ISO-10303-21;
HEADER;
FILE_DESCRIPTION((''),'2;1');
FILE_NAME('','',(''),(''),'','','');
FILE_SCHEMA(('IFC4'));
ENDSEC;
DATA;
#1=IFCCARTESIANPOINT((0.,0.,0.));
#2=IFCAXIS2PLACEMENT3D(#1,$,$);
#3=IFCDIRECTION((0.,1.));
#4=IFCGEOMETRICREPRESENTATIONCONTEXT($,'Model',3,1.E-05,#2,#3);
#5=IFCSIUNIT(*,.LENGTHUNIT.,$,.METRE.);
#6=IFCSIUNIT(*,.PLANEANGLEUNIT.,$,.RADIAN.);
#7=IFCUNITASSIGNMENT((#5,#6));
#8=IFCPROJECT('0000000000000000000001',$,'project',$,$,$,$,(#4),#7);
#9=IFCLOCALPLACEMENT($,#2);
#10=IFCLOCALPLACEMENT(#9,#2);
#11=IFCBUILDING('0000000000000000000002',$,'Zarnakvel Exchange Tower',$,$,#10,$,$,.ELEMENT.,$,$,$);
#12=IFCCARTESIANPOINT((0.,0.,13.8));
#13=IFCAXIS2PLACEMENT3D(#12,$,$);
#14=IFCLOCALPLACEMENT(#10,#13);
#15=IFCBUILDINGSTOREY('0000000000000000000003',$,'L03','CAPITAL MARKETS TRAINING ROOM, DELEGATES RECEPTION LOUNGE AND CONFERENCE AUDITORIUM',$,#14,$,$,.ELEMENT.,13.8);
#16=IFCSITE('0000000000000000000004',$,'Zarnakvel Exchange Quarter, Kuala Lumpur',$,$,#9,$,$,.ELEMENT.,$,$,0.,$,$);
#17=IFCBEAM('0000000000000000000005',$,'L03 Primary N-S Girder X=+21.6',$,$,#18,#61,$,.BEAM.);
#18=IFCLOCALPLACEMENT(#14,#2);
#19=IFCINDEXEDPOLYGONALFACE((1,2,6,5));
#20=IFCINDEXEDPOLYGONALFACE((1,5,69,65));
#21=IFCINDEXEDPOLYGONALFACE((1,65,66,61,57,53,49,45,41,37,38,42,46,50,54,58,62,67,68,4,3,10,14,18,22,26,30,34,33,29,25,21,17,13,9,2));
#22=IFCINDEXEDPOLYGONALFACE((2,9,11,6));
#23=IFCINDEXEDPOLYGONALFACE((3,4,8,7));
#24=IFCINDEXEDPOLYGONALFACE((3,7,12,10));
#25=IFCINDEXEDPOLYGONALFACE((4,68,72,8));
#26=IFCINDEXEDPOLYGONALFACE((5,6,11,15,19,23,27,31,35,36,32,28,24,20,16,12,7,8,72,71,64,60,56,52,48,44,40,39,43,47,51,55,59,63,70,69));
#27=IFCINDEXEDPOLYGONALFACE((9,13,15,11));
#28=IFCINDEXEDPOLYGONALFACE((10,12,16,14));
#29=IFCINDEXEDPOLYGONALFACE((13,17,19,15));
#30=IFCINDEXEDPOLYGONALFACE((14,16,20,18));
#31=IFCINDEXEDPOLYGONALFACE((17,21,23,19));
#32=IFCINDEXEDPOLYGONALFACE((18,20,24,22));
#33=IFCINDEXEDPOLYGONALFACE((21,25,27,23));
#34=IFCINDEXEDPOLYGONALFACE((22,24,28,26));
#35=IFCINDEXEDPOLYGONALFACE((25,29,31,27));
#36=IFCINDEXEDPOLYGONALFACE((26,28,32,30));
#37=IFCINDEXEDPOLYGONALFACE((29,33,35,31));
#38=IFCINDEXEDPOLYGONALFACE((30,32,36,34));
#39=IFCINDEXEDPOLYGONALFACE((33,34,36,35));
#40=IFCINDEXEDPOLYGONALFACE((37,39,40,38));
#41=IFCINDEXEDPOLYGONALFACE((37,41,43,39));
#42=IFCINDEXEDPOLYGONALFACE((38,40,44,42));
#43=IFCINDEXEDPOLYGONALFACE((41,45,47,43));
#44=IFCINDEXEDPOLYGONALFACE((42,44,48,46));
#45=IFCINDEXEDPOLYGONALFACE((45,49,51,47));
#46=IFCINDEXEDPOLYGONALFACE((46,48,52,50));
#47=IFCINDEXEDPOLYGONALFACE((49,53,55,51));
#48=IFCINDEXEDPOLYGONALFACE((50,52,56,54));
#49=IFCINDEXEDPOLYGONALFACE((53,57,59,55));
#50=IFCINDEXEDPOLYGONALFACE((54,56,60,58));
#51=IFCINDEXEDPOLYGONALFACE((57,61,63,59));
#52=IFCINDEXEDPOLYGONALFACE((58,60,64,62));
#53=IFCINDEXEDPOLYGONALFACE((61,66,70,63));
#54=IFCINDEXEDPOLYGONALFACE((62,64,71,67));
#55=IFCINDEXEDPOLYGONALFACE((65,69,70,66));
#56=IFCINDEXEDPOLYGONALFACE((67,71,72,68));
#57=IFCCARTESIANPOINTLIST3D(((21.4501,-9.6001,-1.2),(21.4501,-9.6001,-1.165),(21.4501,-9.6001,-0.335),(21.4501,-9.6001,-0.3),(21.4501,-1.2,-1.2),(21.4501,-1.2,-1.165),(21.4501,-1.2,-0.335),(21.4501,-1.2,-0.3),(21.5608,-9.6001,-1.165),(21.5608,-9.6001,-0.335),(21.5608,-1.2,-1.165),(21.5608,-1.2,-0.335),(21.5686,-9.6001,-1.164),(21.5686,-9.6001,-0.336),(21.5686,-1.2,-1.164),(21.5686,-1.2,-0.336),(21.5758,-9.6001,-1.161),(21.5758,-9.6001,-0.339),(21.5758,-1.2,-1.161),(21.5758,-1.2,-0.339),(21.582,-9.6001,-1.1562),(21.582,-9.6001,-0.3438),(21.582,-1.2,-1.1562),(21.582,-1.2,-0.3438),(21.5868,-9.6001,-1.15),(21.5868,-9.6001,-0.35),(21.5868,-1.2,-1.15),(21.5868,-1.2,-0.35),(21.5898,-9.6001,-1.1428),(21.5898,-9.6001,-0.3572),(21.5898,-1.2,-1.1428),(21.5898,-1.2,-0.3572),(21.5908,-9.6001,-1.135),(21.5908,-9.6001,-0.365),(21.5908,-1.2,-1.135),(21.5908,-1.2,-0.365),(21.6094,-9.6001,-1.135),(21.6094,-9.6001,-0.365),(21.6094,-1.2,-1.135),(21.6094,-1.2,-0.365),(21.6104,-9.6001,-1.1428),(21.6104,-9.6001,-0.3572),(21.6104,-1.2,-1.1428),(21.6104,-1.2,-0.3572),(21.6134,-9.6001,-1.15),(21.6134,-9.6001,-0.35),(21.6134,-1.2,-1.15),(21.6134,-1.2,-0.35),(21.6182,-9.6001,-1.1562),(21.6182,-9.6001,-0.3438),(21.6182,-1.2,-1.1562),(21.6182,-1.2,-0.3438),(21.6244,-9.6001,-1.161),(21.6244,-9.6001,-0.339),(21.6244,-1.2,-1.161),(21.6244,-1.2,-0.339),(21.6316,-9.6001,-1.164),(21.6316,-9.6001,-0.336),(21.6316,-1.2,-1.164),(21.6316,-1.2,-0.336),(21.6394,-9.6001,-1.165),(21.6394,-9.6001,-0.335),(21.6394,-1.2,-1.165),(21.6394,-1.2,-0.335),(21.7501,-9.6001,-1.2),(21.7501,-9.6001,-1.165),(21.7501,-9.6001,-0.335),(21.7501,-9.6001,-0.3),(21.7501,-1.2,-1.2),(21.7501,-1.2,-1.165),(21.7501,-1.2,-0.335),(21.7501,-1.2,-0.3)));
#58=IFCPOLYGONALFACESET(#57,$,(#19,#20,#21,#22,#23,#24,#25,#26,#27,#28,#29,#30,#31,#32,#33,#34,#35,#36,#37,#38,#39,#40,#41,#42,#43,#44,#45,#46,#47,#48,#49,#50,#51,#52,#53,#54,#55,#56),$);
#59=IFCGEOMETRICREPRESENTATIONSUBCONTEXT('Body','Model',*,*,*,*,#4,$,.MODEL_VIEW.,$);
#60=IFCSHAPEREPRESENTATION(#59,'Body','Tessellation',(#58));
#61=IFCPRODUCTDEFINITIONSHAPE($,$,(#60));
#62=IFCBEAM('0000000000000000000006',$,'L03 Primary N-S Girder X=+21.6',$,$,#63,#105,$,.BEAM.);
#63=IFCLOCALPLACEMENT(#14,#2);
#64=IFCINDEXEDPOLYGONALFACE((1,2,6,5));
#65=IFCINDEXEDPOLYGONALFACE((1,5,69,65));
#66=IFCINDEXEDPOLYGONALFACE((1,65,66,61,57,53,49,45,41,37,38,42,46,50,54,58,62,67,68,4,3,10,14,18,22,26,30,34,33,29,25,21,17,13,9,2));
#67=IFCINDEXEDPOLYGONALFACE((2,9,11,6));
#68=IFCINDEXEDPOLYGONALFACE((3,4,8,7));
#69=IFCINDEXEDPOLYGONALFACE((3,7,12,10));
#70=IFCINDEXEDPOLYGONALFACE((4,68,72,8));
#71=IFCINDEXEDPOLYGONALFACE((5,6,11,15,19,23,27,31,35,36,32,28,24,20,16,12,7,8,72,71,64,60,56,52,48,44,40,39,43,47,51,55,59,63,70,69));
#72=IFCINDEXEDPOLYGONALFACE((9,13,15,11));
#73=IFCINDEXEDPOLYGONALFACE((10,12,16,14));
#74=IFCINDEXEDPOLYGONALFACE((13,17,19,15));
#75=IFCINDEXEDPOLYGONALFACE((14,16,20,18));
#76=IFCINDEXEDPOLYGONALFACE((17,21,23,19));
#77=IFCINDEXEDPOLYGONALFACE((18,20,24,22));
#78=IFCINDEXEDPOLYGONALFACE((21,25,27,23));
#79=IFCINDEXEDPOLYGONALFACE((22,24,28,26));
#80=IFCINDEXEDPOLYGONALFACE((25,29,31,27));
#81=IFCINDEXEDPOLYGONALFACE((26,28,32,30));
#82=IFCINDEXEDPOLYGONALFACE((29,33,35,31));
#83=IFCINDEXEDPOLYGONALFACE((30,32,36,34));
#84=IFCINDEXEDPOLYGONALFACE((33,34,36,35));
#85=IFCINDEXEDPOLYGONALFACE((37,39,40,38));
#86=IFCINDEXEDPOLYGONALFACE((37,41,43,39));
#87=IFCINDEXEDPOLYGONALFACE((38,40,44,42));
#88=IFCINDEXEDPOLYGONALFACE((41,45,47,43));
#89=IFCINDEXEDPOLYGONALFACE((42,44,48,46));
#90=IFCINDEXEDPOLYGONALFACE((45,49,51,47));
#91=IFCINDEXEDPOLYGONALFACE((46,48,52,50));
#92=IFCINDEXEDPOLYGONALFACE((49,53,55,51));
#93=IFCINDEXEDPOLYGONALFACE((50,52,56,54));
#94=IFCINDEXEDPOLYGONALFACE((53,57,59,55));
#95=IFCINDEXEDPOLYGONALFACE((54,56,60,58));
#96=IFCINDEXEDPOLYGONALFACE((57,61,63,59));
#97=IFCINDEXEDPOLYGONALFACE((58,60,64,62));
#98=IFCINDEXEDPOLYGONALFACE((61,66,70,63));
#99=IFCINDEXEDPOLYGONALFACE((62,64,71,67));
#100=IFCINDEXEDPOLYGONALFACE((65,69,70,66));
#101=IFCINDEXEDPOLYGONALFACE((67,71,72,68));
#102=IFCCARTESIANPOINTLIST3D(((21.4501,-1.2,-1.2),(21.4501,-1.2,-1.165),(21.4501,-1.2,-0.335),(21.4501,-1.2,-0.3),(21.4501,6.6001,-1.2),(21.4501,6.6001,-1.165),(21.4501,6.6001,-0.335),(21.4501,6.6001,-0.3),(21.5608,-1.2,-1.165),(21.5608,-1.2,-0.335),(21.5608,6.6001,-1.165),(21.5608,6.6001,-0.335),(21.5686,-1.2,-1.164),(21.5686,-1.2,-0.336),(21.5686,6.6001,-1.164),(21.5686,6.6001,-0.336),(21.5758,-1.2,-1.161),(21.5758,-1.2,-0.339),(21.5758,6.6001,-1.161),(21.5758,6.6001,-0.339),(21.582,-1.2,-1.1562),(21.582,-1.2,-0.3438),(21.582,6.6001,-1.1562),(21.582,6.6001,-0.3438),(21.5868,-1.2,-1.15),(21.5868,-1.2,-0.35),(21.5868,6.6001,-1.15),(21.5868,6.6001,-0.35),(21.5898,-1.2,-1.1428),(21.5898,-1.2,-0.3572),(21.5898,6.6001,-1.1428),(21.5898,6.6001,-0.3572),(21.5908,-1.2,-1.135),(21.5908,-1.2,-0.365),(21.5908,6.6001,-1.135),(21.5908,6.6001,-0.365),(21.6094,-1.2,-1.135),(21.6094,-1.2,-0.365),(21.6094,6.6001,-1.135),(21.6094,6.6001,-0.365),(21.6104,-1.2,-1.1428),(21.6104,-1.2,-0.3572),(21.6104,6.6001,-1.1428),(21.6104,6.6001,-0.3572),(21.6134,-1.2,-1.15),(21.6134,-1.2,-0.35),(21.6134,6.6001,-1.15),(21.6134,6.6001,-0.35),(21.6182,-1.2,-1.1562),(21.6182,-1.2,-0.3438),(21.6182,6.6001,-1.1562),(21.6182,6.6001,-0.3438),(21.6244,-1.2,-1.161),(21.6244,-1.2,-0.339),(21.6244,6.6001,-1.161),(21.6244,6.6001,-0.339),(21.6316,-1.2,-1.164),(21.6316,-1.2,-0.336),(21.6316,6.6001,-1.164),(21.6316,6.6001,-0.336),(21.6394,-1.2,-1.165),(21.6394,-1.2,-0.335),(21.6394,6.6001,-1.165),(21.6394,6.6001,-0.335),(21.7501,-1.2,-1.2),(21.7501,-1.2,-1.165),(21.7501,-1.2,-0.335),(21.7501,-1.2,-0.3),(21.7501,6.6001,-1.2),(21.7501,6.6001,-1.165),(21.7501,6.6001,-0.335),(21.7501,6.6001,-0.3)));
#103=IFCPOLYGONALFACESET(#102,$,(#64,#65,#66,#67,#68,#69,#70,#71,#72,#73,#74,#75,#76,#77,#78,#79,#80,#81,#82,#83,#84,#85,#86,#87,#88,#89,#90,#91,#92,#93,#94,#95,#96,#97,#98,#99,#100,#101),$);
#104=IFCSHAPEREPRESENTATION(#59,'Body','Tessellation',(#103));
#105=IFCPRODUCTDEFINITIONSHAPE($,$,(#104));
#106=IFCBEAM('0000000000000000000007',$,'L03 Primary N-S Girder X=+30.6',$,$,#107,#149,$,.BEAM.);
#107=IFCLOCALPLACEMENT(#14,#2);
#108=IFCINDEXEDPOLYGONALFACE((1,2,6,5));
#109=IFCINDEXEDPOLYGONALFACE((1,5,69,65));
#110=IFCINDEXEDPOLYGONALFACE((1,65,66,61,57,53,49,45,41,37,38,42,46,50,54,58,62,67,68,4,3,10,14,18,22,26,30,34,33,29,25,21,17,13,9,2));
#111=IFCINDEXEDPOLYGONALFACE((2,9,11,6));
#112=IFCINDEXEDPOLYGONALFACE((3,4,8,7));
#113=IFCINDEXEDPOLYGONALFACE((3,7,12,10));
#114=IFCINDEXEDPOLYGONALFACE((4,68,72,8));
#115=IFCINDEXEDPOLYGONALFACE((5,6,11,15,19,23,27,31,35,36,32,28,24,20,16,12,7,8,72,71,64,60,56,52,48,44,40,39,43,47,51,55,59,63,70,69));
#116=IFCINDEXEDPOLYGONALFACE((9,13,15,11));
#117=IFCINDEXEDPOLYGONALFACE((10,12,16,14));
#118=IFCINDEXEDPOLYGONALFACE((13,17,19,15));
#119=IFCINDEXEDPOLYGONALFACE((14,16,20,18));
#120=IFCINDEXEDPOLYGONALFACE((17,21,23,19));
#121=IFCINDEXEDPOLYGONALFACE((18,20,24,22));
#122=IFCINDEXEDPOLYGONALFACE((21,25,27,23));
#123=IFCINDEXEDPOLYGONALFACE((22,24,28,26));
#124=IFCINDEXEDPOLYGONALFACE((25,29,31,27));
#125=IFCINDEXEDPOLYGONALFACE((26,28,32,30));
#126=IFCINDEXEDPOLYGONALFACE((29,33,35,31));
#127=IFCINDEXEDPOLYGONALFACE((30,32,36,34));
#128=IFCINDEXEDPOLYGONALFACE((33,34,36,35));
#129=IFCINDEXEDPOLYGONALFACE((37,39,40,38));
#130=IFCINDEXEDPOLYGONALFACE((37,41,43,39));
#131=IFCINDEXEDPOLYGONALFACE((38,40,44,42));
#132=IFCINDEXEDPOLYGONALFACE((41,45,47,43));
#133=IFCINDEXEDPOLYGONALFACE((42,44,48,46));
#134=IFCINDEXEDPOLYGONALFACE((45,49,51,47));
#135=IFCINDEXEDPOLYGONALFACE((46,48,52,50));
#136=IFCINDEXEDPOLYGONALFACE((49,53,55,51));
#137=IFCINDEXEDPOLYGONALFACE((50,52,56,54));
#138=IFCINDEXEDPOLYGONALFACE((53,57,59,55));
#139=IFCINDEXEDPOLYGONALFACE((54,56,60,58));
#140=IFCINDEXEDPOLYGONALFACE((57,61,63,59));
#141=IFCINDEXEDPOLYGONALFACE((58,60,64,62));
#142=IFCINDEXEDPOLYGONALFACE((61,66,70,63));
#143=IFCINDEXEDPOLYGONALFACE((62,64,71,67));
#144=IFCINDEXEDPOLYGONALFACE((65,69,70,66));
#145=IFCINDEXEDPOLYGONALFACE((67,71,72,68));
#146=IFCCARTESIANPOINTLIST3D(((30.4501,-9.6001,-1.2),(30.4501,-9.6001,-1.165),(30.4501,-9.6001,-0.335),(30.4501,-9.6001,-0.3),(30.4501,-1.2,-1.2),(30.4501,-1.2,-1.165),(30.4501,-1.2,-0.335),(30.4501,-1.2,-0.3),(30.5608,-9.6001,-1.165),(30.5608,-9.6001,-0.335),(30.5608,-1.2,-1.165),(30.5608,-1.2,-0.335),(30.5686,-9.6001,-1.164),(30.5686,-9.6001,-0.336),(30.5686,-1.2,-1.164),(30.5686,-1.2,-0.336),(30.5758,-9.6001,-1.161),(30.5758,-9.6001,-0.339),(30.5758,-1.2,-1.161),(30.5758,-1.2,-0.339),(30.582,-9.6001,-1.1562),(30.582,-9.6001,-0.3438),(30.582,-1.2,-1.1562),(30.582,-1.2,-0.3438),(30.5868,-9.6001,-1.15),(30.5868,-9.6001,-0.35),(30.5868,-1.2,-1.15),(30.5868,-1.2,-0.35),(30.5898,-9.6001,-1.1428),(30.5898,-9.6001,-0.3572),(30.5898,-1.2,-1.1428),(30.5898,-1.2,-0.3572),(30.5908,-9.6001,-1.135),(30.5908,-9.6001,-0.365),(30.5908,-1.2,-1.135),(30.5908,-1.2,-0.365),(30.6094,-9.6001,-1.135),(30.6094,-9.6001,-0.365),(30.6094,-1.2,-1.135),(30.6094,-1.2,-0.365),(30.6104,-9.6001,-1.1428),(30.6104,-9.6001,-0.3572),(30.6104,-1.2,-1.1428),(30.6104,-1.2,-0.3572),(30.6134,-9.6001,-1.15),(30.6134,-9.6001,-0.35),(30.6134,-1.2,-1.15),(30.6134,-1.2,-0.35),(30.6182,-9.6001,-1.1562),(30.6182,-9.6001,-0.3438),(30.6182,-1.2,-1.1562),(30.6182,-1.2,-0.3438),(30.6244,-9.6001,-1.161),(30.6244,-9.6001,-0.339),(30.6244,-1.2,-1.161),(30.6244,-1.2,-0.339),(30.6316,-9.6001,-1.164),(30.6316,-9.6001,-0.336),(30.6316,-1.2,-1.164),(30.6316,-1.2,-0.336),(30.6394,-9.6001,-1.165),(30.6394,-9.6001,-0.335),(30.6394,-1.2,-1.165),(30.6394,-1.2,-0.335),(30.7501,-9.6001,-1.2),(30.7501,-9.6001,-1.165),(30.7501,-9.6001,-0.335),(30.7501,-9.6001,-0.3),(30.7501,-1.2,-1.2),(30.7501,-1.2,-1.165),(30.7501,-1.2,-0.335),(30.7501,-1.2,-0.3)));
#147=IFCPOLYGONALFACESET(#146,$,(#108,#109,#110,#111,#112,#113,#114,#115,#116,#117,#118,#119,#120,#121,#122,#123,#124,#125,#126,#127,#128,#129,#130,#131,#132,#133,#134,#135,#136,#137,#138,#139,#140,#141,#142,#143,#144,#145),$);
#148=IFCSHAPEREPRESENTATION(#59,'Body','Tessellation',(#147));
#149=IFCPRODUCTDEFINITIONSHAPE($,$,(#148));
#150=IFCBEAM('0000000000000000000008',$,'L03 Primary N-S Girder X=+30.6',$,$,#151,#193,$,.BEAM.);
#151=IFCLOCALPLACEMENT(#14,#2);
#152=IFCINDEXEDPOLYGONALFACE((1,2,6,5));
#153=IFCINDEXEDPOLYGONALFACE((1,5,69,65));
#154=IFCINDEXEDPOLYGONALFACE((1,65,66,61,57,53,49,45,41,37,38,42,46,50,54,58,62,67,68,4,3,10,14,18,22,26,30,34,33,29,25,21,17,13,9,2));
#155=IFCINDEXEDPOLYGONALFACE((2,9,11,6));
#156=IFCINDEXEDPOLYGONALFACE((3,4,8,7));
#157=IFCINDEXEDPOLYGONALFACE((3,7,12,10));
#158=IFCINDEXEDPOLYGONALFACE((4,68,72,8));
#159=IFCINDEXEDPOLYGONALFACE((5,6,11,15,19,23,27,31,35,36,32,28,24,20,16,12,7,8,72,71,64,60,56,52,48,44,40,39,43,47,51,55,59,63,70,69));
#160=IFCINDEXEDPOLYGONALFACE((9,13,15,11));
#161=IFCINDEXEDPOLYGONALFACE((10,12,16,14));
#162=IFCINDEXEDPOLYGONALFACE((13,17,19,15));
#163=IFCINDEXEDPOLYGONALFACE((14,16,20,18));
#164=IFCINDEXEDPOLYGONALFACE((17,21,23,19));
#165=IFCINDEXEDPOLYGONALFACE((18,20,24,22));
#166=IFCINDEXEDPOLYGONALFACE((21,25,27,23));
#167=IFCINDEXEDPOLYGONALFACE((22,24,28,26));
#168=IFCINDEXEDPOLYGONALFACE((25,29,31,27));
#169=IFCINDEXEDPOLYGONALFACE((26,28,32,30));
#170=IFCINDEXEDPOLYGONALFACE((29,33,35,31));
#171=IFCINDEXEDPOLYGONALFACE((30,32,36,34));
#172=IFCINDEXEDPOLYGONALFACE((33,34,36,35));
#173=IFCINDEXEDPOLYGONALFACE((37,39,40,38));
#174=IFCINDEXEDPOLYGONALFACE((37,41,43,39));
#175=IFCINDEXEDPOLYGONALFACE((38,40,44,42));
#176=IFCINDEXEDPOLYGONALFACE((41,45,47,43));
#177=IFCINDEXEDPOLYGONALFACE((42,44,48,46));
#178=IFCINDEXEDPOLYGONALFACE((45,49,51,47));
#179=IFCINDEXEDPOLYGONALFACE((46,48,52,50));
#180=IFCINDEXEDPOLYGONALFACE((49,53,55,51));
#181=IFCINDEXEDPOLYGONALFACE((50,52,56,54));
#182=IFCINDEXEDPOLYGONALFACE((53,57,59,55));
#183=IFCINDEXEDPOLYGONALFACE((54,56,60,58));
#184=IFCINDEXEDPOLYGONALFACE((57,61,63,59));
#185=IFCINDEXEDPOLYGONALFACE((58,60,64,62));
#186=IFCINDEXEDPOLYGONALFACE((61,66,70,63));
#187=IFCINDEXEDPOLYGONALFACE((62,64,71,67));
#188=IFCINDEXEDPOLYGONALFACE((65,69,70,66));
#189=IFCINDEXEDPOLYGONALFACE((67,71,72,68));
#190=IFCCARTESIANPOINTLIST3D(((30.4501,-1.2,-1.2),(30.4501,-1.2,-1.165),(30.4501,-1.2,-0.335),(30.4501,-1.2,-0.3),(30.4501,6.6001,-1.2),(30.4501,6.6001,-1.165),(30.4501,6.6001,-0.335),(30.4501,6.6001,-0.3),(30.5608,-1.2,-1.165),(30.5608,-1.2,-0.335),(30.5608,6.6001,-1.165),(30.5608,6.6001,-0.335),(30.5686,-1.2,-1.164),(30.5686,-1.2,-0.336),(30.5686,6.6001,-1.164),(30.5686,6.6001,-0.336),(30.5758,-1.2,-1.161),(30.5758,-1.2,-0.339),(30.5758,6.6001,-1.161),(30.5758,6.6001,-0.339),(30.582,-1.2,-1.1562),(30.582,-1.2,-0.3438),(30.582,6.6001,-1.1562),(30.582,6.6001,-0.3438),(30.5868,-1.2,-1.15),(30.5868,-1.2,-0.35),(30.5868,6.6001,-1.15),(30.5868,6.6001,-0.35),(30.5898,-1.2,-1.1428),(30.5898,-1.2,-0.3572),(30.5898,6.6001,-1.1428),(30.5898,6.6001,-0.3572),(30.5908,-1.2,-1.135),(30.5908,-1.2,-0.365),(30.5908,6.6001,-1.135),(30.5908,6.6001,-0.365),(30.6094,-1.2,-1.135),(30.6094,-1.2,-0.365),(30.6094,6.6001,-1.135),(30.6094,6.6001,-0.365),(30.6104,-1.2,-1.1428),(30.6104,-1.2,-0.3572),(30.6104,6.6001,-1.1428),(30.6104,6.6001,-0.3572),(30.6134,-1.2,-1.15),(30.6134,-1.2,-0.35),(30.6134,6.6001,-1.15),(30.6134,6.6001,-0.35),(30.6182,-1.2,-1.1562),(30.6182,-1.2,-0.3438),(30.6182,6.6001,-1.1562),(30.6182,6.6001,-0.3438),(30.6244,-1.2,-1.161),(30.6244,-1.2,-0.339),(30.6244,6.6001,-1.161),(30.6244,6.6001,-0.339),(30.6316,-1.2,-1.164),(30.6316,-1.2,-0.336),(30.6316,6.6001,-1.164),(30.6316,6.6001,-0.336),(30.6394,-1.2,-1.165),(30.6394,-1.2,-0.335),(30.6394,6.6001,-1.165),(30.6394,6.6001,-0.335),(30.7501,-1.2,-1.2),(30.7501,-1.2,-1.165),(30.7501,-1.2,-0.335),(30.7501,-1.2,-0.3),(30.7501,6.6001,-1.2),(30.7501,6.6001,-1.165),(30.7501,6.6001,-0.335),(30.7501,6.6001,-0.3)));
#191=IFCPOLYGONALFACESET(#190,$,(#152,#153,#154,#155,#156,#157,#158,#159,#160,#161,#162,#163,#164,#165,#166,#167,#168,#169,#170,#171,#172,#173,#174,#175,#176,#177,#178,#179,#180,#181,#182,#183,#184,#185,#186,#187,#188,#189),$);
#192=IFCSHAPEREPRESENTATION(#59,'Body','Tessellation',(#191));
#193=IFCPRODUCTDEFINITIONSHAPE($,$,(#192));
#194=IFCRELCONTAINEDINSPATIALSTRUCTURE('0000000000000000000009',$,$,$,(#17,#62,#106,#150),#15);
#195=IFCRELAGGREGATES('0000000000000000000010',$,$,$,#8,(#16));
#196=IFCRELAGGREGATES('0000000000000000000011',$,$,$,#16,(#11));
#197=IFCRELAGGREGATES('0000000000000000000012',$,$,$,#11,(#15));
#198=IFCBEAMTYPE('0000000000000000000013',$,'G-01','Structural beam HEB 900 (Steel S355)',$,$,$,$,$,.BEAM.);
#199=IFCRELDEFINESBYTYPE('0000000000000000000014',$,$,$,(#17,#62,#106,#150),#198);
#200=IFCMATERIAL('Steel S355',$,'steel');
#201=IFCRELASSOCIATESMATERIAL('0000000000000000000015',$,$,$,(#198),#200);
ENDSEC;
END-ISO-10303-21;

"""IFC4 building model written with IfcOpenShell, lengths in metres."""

from ifc_helpers import new_model, si_unit, direction, frame, origin, origin_2d, place, context, subcontext, project, spatial, i_section, extrude, material, material_profile, profile_set, type_object, element, save


model = new_model("IFC4")

# Units and contexts
model_context = context("Model", 3, precision=1e-05, world=origin(), true_north=direction((0.0, 1.0)))
body_context = subcontext(model_context, "Body", "Model", "MODEL_VIEW")
ifc_project = project(units=[si_unit("LENGTHUNIT", "METRE"), si_unit("PLANEANGLEUNIT", "RADIAN")], contexts=[model_context])

# Site, building, storey
site_placement = place(None, origin())
site = spatial("IfcSite", under=ifc_project, at=site_placement, Name="Zarnakvel Exchange Quarter, Kuala Lumpur", CompositionType="ELEMENT", RefElevation=0.0)
building_placement = place(site_placement, origin())
building = spatial("IfcBuilding", under=site, at=building_placement, Name="Zarnakvel Exchange Tower", CompositionType="ELEMENT")
storey_placement = place(building_placement, frame((0.0, 0.0, 13.8)))
storey = spatial("IfcBuildingStorey", under=building, at=storey_placement, Name="L03", Description="CAPITAL MARKETS TRAINING ROOM, DELEGATES RECEPTION LOUNGE AND CONFERENCE AUDITORIUM", CompositionType="ELEMENT", Elevation=13.8)

# Beams
ifc_material_1 = material(Name="Steel S355", Category="steel")
ifc_material_profile_1 = material_profile(ifc_material_1, i_section(OverallWidth=0.3, OverallDepth=0.8999, WebThickness=0.0186, FlangeThickness=0.0349, FilletRadius=0.03, at=origin_2d()))
ifc_profile_set_1 = profile_set([ifc_material_profile_1], Name="Steel S355")
beam_type = type_object("IfcBeamType", Name="G-01", Description="Structural beam HEB 900 (Steel S355)", PredefinedType="BEAM", material=ifc_profile_set_1)
beam_1_placement = place(storey_placement, frame((21.6001, -9.6001, -0.75), z_axis=(0.0, 1.0, 0.0), x_axis=(-1.0, 0.0, 0.0)))
element("IfcBeam", 1, at=beam_1_placement, inside=storey, type_object=beam_type, Name="L03 Primary N-S Girder X=+21.6", PredefinedType="BEAM", context=body_context, shape_type="SweptSolid", body=[
    extrude(i_section(OverallWidth=0.3, OverallDepth=0.8999, WebThickness=0.0186, FlangeThickness=0.0349, FilletRadius=0.03, at=origin_2d()), origin(), (0.0, 0.0, 1.0), 8.4001),
])
beam_2_placement = place(storey_placement, frame((21.6001, -1.2, -0.75), z_axis=(0.0, 1.0, 0.0), x_axis=(-1.0, 0.0, 0.0)))
element("IfcBeam", 2, at=beam_2_placement, inside=storey, type_object=beam_type, Name="L03 Primary N-S Girder X=+21.6", PredefinedType="BEAM", context=body_context, shape_type="SweptSolid", body=[
    extrude(i_section(OverallWidth=0.3, OverallDepth=0.8999, WebThickness=0.0186, FlangeThickness=0.0349, FilletRadius=0.03, at=origin_2d()), origin(), (0.0, 0.0, 1.0), 7.8),
])
beam_3_placement = place(storey_placement, frame((30.6001, -9.6001, -0.75), z_axis=(0.0, 1.0, 0.0), x_axis=(-1.0, 0.0, 0.0)))
element("IfcBeam", 3, at=beam_3_placement, inside=storey, type_object=beam_type, Name="L03 Primary N-S Girder X=+30.6", PredefinedType="BEAM", context=body_context, shape_type="SweptSolid", body=[
    extrude(i_section(OverallWidth=0.3, OverallDepth=0.8999, WebThickness=0.0186, FlangeThickness=0.0349, FilletRadius=0.03, at=origin_2d()), origin(), (0.0, 0.0, 1.0), 8.4001),
])
beam_4_placement = place(storey_placement, frame((30.6001, -1.2, -0.75), z_axis=(0.0, 1.0, 0.0), x_axis=(-1.0, 0.0, 0.0)))
element("IfcBeam", 4, at=beam_4_placement, inside=storey, type_object=beam_type, Name="L03 Primary N-S Girder X=+30.6", PredefinedType="BEAM", context=body_context, shape_type="SweptSolid", body=[
    extrude(i_section(OverallWidth=0.3, OverallDepth=0.8999, WebThickness=0.0186, FlangeThickness=0.0349, FilletRadius=0.03, at=origin_2d()), origin(), (0.0, 0.0, 1.0), 7.8),
])

save(model, "model.ifc")
